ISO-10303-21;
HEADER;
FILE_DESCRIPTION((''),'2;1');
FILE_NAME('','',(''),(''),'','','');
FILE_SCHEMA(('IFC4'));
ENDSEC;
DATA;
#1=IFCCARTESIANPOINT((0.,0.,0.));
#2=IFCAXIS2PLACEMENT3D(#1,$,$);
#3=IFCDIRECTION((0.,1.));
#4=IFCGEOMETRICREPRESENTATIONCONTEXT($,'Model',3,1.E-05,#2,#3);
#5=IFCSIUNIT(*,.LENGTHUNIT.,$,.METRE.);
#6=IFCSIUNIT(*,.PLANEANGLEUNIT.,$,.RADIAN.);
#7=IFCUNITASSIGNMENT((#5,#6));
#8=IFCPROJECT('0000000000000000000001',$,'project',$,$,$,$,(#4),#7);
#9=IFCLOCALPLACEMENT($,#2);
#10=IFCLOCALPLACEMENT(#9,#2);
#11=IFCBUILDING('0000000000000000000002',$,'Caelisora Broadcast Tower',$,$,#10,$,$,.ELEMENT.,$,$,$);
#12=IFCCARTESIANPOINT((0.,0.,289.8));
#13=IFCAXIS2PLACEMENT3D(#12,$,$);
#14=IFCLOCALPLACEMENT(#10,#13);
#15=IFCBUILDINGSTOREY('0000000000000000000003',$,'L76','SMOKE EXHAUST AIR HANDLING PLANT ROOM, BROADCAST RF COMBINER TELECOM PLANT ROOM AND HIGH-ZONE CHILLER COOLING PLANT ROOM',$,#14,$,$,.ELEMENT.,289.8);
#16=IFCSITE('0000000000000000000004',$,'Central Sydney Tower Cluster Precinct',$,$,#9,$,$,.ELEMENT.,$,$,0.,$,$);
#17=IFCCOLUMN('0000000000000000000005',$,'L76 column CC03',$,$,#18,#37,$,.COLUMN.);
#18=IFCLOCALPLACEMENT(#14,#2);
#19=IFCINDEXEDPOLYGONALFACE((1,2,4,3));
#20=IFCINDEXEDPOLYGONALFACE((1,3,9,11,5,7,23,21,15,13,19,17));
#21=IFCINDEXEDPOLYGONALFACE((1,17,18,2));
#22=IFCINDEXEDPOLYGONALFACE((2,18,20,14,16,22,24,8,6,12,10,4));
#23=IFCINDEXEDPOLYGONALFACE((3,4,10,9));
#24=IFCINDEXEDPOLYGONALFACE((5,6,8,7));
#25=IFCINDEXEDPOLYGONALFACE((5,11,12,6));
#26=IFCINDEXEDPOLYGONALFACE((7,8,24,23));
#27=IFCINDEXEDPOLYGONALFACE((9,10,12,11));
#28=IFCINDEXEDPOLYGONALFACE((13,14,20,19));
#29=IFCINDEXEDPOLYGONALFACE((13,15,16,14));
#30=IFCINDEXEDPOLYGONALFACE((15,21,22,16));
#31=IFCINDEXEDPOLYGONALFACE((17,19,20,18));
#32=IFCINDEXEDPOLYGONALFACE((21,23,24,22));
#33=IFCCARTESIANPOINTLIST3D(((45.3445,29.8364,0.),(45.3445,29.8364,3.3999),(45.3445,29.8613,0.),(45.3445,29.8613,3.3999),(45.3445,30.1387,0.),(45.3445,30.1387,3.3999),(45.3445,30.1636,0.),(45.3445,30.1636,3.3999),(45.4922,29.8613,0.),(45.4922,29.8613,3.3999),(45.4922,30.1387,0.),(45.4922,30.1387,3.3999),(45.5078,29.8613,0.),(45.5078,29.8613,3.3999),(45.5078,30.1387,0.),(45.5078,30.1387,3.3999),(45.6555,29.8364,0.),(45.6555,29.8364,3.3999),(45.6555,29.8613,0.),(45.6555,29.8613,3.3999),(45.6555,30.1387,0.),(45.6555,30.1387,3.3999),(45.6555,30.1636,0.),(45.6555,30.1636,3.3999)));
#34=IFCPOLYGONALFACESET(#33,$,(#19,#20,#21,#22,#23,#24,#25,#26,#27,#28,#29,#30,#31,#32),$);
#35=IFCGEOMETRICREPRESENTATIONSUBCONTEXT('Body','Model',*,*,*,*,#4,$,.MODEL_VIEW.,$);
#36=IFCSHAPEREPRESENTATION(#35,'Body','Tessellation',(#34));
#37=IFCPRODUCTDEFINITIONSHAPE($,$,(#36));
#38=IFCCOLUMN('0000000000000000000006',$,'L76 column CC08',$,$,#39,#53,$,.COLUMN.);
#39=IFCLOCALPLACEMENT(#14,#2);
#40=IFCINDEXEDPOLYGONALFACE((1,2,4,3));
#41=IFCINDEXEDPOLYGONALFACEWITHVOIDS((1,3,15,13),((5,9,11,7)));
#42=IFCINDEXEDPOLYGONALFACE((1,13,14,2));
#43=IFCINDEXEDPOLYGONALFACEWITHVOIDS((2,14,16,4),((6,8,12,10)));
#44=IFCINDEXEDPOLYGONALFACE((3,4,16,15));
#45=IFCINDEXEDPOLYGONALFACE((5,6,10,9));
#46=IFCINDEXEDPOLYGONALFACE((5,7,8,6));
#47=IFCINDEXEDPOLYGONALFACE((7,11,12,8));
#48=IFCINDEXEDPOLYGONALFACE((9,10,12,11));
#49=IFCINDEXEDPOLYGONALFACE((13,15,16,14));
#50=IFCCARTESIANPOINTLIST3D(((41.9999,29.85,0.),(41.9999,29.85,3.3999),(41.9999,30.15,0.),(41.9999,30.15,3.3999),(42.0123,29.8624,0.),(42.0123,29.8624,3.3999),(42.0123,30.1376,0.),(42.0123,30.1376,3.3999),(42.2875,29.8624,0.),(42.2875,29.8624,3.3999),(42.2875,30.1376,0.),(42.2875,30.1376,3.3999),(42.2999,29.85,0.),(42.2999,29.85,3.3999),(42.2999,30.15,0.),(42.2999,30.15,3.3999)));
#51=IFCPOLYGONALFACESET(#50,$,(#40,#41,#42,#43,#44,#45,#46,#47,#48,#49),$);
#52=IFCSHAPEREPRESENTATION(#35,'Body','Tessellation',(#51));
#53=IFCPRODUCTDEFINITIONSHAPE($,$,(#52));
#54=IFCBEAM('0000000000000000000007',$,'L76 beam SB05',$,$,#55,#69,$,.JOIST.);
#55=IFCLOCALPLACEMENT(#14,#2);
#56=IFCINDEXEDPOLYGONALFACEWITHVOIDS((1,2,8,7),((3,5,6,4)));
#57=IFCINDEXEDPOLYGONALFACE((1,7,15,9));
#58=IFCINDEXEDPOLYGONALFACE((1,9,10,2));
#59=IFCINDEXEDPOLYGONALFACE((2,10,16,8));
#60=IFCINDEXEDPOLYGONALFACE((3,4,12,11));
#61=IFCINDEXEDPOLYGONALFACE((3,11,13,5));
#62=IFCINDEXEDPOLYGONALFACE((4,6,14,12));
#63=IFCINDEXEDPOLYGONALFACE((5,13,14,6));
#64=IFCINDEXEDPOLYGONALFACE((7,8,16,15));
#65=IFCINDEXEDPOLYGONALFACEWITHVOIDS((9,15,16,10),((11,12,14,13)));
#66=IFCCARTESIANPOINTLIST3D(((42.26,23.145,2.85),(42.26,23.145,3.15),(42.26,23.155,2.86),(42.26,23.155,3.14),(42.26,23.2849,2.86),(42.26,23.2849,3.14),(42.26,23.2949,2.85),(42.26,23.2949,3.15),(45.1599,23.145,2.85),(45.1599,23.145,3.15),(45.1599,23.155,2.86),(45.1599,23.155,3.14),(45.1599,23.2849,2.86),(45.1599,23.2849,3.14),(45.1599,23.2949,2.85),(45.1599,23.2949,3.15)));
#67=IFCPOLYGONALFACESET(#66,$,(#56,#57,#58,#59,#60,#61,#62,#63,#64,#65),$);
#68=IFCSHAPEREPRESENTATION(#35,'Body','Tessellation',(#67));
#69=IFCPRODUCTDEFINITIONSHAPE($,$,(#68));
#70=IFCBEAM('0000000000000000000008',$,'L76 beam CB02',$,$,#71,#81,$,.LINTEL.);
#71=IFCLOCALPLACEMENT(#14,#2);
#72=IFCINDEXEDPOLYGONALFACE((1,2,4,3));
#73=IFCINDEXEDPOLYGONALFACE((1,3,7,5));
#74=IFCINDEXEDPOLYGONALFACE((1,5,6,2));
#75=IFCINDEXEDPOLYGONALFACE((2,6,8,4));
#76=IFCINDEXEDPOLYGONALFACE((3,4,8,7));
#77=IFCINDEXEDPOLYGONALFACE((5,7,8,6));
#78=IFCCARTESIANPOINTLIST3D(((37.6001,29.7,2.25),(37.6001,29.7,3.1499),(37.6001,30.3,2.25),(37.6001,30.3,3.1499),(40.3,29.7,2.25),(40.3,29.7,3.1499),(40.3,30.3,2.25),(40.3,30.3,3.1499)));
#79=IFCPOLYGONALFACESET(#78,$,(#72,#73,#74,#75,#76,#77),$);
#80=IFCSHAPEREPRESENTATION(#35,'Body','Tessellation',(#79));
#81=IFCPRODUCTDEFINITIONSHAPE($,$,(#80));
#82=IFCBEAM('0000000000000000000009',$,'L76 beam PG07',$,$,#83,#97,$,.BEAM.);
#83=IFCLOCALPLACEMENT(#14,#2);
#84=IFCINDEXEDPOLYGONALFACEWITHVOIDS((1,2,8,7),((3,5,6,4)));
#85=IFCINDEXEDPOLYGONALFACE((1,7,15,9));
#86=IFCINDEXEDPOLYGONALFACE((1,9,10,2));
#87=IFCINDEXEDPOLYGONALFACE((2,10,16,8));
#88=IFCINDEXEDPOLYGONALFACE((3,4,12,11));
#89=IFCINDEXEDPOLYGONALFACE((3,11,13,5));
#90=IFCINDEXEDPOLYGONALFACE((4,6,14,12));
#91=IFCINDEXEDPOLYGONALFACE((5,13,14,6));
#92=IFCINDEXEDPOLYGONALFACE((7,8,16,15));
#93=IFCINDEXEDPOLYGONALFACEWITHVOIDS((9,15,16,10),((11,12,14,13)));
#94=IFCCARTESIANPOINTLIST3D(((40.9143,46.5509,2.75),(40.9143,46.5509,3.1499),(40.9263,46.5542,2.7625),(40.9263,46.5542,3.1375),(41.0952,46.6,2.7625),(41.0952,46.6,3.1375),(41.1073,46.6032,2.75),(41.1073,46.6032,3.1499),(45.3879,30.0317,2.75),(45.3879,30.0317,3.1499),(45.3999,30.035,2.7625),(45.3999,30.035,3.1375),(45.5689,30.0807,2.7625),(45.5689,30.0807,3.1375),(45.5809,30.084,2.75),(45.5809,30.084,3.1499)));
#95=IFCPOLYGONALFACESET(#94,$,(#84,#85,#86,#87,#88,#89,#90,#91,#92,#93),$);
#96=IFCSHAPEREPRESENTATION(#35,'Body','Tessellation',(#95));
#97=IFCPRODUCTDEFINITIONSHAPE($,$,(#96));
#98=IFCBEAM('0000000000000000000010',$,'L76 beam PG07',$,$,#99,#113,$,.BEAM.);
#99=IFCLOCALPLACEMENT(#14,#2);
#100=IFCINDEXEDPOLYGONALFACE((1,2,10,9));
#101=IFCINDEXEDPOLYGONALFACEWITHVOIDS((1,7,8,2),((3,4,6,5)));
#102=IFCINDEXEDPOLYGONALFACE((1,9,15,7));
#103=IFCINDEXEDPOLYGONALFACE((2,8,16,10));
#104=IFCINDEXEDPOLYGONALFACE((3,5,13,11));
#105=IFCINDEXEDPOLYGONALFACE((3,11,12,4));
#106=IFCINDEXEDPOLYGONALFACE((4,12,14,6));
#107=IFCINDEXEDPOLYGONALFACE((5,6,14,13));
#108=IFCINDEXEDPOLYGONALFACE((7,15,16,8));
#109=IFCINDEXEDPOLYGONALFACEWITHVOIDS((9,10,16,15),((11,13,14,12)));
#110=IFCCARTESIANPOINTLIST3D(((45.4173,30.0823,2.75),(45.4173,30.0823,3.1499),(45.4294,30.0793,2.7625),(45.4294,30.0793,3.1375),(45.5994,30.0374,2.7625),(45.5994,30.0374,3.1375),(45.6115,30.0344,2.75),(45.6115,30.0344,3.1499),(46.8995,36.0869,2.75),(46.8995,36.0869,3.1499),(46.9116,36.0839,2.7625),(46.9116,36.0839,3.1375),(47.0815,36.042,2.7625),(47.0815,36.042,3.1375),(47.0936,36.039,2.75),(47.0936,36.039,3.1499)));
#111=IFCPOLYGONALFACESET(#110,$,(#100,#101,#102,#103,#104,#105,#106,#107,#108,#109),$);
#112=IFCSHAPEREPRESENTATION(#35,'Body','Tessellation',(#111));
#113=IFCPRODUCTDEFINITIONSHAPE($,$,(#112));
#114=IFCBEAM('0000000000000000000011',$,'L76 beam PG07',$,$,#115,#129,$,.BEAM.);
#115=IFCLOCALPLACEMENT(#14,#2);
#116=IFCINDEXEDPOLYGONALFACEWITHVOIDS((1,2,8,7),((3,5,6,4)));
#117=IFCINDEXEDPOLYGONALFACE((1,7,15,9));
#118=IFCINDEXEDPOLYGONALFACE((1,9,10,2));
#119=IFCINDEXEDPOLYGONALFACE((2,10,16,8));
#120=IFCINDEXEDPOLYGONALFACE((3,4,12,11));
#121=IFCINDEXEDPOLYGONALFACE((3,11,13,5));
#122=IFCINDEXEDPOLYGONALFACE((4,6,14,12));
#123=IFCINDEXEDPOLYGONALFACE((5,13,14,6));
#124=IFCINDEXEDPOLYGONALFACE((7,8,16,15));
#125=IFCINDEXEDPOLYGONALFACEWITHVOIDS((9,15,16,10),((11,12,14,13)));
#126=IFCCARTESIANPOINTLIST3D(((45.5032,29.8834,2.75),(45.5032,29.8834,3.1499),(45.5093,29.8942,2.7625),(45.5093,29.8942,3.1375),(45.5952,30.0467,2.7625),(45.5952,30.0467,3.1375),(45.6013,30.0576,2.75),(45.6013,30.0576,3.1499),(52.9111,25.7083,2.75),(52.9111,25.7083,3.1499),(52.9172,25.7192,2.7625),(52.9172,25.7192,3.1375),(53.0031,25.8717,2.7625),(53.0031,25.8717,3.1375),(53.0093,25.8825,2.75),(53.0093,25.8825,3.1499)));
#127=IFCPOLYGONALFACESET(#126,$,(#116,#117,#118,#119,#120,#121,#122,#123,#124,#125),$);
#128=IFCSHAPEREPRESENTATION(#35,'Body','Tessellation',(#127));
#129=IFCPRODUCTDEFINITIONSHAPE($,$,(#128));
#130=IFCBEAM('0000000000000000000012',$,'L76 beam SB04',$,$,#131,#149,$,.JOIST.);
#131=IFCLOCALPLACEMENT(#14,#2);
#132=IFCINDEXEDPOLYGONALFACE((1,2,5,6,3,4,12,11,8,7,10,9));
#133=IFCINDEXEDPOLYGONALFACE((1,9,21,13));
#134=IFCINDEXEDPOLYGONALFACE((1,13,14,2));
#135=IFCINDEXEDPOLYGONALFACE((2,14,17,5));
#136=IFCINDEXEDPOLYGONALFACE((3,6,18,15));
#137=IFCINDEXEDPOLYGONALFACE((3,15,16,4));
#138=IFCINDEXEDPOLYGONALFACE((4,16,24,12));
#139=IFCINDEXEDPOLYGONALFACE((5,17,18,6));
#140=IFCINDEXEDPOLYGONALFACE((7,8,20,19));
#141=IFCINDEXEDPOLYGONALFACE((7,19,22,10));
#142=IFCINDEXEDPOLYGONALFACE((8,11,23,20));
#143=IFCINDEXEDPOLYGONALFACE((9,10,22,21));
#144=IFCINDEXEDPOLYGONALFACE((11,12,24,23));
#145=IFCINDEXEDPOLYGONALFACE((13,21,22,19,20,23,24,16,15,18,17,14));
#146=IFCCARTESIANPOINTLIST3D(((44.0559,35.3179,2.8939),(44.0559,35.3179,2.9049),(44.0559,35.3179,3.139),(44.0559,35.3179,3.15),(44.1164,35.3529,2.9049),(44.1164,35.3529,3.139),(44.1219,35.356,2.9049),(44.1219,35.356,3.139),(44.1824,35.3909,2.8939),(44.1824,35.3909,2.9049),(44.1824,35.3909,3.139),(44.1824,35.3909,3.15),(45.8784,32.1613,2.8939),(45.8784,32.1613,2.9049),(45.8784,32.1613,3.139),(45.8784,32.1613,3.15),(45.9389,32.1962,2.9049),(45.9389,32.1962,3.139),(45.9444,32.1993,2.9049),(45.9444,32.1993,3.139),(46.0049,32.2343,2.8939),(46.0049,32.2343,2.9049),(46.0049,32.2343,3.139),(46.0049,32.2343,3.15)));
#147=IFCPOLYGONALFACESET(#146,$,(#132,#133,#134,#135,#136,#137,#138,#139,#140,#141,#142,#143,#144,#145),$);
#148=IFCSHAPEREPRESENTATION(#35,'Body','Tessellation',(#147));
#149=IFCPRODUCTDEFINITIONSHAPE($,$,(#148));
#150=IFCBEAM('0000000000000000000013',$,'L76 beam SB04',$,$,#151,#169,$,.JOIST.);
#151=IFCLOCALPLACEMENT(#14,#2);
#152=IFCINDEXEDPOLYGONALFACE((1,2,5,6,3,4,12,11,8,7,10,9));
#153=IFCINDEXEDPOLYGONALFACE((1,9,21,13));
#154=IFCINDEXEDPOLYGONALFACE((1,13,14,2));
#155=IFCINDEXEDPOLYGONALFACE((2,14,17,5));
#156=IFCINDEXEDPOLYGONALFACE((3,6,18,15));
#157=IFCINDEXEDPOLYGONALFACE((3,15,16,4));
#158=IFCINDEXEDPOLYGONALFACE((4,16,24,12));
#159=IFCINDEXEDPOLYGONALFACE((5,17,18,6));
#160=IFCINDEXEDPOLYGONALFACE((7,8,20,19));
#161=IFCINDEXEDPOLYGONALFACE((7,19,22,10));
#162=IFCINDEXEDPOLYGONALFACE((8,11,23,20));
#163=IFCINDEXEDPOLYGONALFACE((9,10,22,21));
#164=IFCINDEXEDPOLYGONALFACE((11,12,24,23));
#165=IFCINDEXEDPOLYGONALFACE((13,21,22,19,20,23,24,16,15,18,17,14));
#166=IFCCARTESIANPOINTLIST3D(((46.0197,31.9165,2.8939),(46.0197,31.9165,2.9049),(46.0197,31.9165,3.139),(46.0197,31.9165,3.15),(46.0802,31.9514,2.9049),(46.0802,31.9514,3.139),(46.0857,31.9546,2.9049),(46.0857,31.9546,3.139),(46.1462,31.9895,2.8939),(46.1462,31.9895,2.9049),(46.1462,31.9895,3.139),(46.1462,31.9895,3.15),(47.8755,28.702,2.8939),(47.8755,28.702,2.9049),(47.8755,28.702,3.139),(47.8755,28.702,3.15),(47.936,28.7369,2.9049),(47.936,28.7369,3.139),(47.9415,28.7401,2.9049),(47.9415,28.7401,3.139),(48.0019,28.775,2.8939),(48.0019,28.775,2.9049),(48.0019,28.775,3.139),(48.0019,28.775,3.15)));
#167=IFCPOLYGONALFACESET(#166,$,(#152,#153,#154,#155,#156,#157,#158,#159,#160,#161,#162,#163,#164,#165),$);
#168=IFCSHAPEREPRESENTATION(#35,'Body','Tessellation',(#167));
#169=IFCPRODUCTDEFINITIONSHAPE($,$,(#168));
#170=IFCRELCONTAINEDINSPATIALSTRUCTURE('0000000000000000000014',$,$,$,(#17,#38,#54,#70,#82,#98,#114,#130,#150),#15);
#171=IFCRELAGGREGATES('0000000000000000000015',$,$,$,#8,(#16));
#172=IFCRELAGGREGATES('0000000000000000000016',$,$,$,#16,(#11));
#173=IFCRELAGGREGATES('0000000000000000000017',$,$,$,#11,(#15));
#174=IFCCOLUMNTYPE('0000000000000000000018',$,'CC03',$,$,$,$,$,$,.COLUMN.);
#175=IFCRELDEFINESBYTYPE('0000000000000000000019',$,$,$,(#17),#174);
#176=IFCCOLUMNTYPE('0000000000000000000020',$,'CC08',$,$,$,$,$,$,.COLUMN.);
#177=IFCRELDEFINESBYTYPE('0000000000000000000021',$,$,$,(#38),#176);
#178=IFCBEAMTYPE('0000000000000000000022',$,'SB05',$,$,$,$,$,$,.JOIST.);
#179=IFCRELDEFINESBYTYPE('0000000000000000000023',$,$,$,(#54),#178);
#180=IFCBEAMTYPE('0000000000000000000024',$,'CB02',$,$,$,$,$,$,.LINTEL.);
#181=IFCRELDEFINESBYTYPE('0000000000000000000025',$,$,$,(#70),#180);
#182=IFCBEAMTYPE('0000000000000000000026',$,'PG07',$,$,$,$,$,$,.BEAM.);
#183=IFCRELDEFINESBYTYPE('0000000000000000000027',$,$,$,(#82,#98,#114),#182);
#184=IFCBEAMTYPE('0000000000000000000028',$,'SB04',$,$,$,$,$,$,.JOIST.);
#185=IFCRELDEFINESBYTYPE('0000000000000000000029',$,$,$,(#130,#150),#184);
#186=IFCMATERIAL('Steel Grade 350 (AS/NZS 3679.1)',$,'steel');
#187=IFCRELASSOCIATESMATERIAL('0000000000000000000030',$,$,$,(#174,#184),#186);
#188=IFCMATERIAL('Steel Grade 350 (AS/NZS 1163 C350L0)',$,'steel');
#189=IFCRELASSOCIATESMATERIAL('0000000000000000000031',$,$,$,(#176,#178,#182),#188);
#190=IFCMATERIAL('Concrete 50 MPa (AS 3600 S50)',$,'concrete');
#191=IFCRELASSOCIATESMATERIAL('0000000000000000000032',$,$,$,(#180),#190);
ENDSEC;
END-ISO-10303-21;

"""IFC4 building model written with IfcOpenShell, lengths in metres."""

from ifc_helpers import new_model, si_unit, direction, frame, origin, origin_2d, place, context, subcontext, project, spatial, rectangle, hollow_rectangle, i_section, extrude, source, transform, mapped, material, material_profile, profile_set, type_object, type_shapes, element, save


model = new_model("IFC4")

# Units and contexts
model_context = context("Model", 3, precision=1e-05, world=origin(), true_north=direction((0.0, 1.0)))
body_context = subcontext(model_context, "Body", "Model", "MODEL_VIEW")
ifc_project = project(units=[si_unit("LENGTHUNIT", "METRE"), si_unit("PLANEANGLEUNIT", "RADIAN")], contexts=[model_context])

# Site, building, storey
site_placement = place(None, origin())
site = spatial("IfcSite", under=ifc_project, at=site_placement, Name="Central Sydney Tower Cluster Precinct", CompositionType="ELEMENT", RefElevation=0.0)
building_placement = place(site_placement, origin())
building = spatial("IfcBuilding", under=site, at=building_placement, Name="Caelisora Broadcast Tower", CompositionType="ELEMENT")
storey_placement = place(building_placement, frame((0.0, 0.0, 289.8)))
storey = spatial("IfcBuildingStorey", under=building, at=storey_placement, Name="L76", Description="SMOKE EXHAUST AIR HANDLING PLANT ROOM, BROADCAST RF COMBINER TELECOM PLANT ROOM AND HIGH-ZONE CHILLER COOLING PLANT ROOM", CompositionType="ELEMENT", Elevation=289.8)

# Columns
ifc_material_1 = material(Name="Steel Grade 350 (AS/NZS 3679.1)", Category="steel")
ifc_material_profile_1 = material_profile(ifc_material_1, i_section(OverallWidth=0.311, OverallDepth=0.3271, WebThickness=0.0156, FlangeThickness=0.0249, at=origin_2d()), Name="Steel Grade 350 (AS/NZS 3679.1)")
ifc_profile_set_1 = profile_set([ifc_material_profile_1], Name="Steel Grade 350 (AS/NZS 3679.1)")
column_type_1 = type_object("IfcColumnType", Name="CC03", PredefinedType="COLUMN", material=ifc_profile_set_1)
shared_shape_1 = source(origin(), body_context, "Body", "SweptSolid", [
    extrude(i_section(OverallWidth=0.311, OverallDepth=0.3271, WebThickness=0.0156, FlangeThickness=0.0249, at=origin_2d()), origin(), (0.0, 0.0, 1.0), 3.3999),
])
type_shapes(column_type_1, [shared_shape_1])
column_1_placement = place(storey_placement, frame((45.5, 30.0, 0.0), z_axis=(0.0, 0.0, 1.0), x_axis=(1.0, 0.0, 0.0)))
element("IfcColumn", 1, at=column_1_placement, inside=storey, type_object=column_type_1, Name="L76 column CC03", PredefinedType="COLUMN", context=body_context, shape_type="MappedRepresentation", body=[
    mapped(shared_shape_1, transform((0.0, 0.0, 0.0), scale=1.0)),
])
ifc_material_2 = material(Name="Steel Grade 350 (AS/NZS 1163 C350L0)", Category="steel")
ifc_material_profile_2 = material_profile(ifc_material_2, hollow_rectangle(XDim=0.3, YDim=0.3, WallThickness=0.0125, at=origin_2d()), Name="Steel Grade 350 (AS/NZS 1163 C350L0)")
ifc_profile_set_2 = profile_set([ifc_material_profile_2], Name="Steel Grade 350 (AS/NZS 1163 C350L0)")
column_type_2 = type_object("IfcColumnType", Name="CC08", PredefinedType="COLUMN", material=ifc_profile_set_2)
shared_shape_2 = source(origin(), body_context, "Body", "SweptSolid", [
    extrude(hollow_rectangle(XDim=0.3, YDim=0.3, WallThickness=0.0125, at=origin_2d()), origin(), (0.0, 0.0, 1.0), 3.3999),
])
type_shapes(column_type_2, [shared_shape_2])
column_2_placement = place(storey_placement, frame((42.1499, 30.0, 0.0), z_axis=(0.0, 0.0, 1.0), x_axis=(1.0, 0.0, 0.0)))
element("IfcColumn", 2, at=column_2_placement, inside=storey, type_object=column_type_2, Name="L76 column CC08", PredefinedType="COLUMN", context=body_context, shape_type="MappedRepresentation", body=[
    mapped(shared_shape_2, transform((0.0, 0.0, 0.0), scale=1.0)),
])

# Beams
ifc_material_profile_3 = material_profile(ifc_material_2, hollow_rectangle(XDim=0.1499, YDim=0.3, WallThickness=0.01, at=origin_2d()), Name="Steel Grade 350 (AS/NZS 1163 C350L0)")
ifc_profile_set_3 = profile_set([ifc_material_profile_3], Name="Steel Grade 350 (AS/NZS 1163 C350L0)")
beam_type_1 = type_object("IfcBeamType", Name="SB05", PredefinedType="JOIST", material=ifc_profile_set_3)
shared_shape_3 = source(origin(), body_context, "Body", "SweptSolid", [
    extrude(hollow_rectangle(XDim=0.1499, YDim=0.3, WallThickness=0.01, at=origin_2d()), origin(), (0.0, 0.0, 1.0), 2.8999),
])
type_shapes(beam_type_1, [shared_shape_3])
beam_1_placement = place(storey_placement, frame((42.26, 23.22, 3.0), z_axis=(1.0, 0.0, 0.0), x_axis=(0.0, 1.0, 0.0)))
element("IfcBeam", 3, at=beam_1_placement, inside=storey, type_object=beam_type_1, Name="L76 beam SB05", PredefinedType="JOIST", context=body_context, shape_type="MappedRepresentation", body=[
    mapped(shared_shape_3, transform((0.0, 0.0, 0.0), scale=1.0)),
])
ifc_material_3 = material(Name="Concrete 50 MPa (AS 3600 S50)", Category="concrete")
ifc_material_profile_4 = material_profile(ifc_material_3, rectangle(XDim=0.6001, YDim=0.8999, at=origin_2d()), Name="Concrete 50 MPa (AS 3600 S50)")
ifc_profile_set_4 = profile_set([ifc_material_profile_4], Name="Concrete 50 MPa (AS 3600 S50)")
beam_type_2 = type_object("IfcBeamType", Name="CB02", PredefinedType="LINTEL", material=ifc_profile_set_4)
shared_shape_4 = source(origin(), body_context, "Body", "SweptSolid", [
    extrude(rectangle(XDim=0.6001, YDim=0.8999, at=origin_2d()), origin(), (0.0, 0.0, 1.0), 2.7),
])
type_shapes(beam_type_2, [shared_shape_4])
beam_2_placement = place(storey_placement, frame((37.6001, 30.0, 2.7), z_axis=(1.0, 0.0, 0.0), x_axis=(0.0, 1.0, 0.0)))
element("IfcBeam", 4, at=beam_2_placement, inside=storey, type_object=beam_type_2, Name="L76 beam CB02", PredefinedType="LINTEL", context=body_context, shape_type="MappedRepresentation", body=[
    mapped(shared_shape_4, transform((0.0, 0.0, 0.0), scale=1.0)),
])
ifc_material_profile_5 = material_profile(ifc_material_2, hollow_rectangle(XDim=0.2, YDim=0.3999, WallThickness=0.0125, at=origin_2d()), Name="Steel Grade 350 (AS/NZS 1163 C350L0)")
ifc_profile_set_5 = profile_set([ifc_material_profile_5], Name="Steel Grade 350 (AS/NZS 1163 C350L0)")
beam_type_3 = type_object("IfcBeamType", Name="PG07", PredefinedType="BEAM", material=ifc_profile_set_5)
shared_shape_5 = source(origin(), body_context, "Body", "SweptSolid", [
    extrude(hollow_rectangle(XDim=0.2, YDim=0.3999, WallThickness=0.0125, at=origin_2d()), origin(), (0.0, 0.0, 1.0), 17.1143),
])
beam_3_placement = place(storey_placement, frame((45.4844, 30.0579, 2.95), z_axis=(-0.261397, 0.965231, 0.0), x_axis=(-0.965231, -0.261397, 0.0)))
element("IfcBeam", 5, at=beam_3_placement, inside=storey, type_object=beam_type_3, Name="L76 beam PG07", PredefinedType="BEAM", context=body_context, shape_type="MappedRepresentation", body=[
    mapped(shared_shape_5, transform((0.0, 0.0, 0.0), scale=1.0)),
])
shared_shape_6 = source(origin(), body_context, "Body", "SweptSolid", [
    extrude(hollow_rectangle(XDim=0.2, YDim=0.3999, WallThickness=0.0125, at=origin_2d()), origin(), (0.0, 0.0, 1.0), 6.1848),
])
beam_4_placement = place(storey_placement, frame((45.5144, 30.0583, 2.95), z_axis=(0.239646, 0.97086, 0.0), x_axis=(-0.97086, 0.239646, 0.0)))
element("IfcBeam", 6, at=beam_4_placement, inside=storey, type_object=beam_type_3, Name="L76 beam PG07", PredefinedType="BEAM", context=body_context, shape_type="MappedRepresentation", body=[
    mapped(shared_shape_6, transform((0.0, 0.0, 0.0), scale=1.0)),
])
shared_shape_7 = source(origin(), body_context, "Body", "SweptSolid", [
    extrude(hollow_rectangle(XDim=0.2, YDim=0.3999, WallThickness=0.0125, at=origin_2d()), origin(), (0.0, 0.0, 1.0), 8.5034),
])
type_shapes(beam_type_3, [shared_shape_5, shared_shape_6, shared_shape_7])
beam_5_placement = place(storey_placement, frame((45.5522, 29.9705, 2.95), z_axis=(0.87117, -0.490982, 0.0), x_axis=(0.490982, 0.87117, 0.0)))
element("IfcBeam", 7, at=beam_5_placement, inside=storey, type_object=beam_type_3, Name="L76 beam PG07", PredefinedType="BEAM", context=body_context, shape_type="MappedRepresentation", body=[
    mapped(shared_shape_7, transform((0.0, 0.0, 0.0), scale=1.0)),
])
ifc_material_profile_6 = material_profile(ifc_material_1, i_section(OverallWidth=0.146, OverallDepth=0.2561, WebThickness=0.0063, FlangeThickness=0.011, at=origin_2d()), Name="Steel Grade 350 (AS/NZS 3679.1)")
ifc_profile_set_6 = profile_set([ifc_material_profile_6], Name="Steel Grade 350 (AS/NZS 3679.1)")
beam_type_4 = type_object("IfcBeamType", Name="SB04", PredefinedType="JOIST", material=ifc_profile_set_6)
shared_shape_8 = source(origin(), body_context, "Body", "SweptSolid", [
    extrude(i_section(OverallWidth=0.146, OverallDepth=0.2561, WebThickness=0.0063, FlangeThickness=0.011, at=origin_2d()), origin(), (0.0, 0.0, 1.0), 3.645),
])
beam_6_placement = place(storey_placement, frame((45.9417, 32.1978, 3.022), z_axis=(-0.499993, 0.866029, 0.0), x_axis=(-0.866029, -0.499993, 0.0)))
element("IfcBeam", 8, at=beam_6_placement, inside=storey, type_object=beam_type_4, Name="L76 beam SB04", PredefinedType="JOIST", context=body_context, shape_type="MappedRepresentation", body=[
    mapped(shared_shape_8, transform((0.0, 0.0, 0.0), scale=1.0)),
])
shared_shape_9 = source(origin(), body_context, "Body", "SweptSolid", [
    extrude(i_section(OverallWidth=0.146, OverallDepth=0.2561, WebThickness=0.0063, FlangeThickness=0.011, at=origin_2d()), origin(), (0.0, 0.0, 1.0), 3.7117),
])
type_shapes(beam_type_4, [shared_shape_8, shared_shape_9])
beam_7_placement = place(storey_placement, frame((47.9387, 28.7385, 3.022), z_axis=(-0.499981, 0.866037, 0.0), x_axis=(-0.866037, -0.499981, 0.0)))
element("IfcBeam", 9, at=beam_7_placement, inside=storey, type_object=beam_type_4, Name="L76 beam SB04", PredefinedType="JOIST", context=body_context, shape_type="MappedRepresentation", body=[
    mapped(shared_shape_9, transform((0.0, 0.0, 0.0), scale=1.0)),
])

save(model, "model.ifc")
